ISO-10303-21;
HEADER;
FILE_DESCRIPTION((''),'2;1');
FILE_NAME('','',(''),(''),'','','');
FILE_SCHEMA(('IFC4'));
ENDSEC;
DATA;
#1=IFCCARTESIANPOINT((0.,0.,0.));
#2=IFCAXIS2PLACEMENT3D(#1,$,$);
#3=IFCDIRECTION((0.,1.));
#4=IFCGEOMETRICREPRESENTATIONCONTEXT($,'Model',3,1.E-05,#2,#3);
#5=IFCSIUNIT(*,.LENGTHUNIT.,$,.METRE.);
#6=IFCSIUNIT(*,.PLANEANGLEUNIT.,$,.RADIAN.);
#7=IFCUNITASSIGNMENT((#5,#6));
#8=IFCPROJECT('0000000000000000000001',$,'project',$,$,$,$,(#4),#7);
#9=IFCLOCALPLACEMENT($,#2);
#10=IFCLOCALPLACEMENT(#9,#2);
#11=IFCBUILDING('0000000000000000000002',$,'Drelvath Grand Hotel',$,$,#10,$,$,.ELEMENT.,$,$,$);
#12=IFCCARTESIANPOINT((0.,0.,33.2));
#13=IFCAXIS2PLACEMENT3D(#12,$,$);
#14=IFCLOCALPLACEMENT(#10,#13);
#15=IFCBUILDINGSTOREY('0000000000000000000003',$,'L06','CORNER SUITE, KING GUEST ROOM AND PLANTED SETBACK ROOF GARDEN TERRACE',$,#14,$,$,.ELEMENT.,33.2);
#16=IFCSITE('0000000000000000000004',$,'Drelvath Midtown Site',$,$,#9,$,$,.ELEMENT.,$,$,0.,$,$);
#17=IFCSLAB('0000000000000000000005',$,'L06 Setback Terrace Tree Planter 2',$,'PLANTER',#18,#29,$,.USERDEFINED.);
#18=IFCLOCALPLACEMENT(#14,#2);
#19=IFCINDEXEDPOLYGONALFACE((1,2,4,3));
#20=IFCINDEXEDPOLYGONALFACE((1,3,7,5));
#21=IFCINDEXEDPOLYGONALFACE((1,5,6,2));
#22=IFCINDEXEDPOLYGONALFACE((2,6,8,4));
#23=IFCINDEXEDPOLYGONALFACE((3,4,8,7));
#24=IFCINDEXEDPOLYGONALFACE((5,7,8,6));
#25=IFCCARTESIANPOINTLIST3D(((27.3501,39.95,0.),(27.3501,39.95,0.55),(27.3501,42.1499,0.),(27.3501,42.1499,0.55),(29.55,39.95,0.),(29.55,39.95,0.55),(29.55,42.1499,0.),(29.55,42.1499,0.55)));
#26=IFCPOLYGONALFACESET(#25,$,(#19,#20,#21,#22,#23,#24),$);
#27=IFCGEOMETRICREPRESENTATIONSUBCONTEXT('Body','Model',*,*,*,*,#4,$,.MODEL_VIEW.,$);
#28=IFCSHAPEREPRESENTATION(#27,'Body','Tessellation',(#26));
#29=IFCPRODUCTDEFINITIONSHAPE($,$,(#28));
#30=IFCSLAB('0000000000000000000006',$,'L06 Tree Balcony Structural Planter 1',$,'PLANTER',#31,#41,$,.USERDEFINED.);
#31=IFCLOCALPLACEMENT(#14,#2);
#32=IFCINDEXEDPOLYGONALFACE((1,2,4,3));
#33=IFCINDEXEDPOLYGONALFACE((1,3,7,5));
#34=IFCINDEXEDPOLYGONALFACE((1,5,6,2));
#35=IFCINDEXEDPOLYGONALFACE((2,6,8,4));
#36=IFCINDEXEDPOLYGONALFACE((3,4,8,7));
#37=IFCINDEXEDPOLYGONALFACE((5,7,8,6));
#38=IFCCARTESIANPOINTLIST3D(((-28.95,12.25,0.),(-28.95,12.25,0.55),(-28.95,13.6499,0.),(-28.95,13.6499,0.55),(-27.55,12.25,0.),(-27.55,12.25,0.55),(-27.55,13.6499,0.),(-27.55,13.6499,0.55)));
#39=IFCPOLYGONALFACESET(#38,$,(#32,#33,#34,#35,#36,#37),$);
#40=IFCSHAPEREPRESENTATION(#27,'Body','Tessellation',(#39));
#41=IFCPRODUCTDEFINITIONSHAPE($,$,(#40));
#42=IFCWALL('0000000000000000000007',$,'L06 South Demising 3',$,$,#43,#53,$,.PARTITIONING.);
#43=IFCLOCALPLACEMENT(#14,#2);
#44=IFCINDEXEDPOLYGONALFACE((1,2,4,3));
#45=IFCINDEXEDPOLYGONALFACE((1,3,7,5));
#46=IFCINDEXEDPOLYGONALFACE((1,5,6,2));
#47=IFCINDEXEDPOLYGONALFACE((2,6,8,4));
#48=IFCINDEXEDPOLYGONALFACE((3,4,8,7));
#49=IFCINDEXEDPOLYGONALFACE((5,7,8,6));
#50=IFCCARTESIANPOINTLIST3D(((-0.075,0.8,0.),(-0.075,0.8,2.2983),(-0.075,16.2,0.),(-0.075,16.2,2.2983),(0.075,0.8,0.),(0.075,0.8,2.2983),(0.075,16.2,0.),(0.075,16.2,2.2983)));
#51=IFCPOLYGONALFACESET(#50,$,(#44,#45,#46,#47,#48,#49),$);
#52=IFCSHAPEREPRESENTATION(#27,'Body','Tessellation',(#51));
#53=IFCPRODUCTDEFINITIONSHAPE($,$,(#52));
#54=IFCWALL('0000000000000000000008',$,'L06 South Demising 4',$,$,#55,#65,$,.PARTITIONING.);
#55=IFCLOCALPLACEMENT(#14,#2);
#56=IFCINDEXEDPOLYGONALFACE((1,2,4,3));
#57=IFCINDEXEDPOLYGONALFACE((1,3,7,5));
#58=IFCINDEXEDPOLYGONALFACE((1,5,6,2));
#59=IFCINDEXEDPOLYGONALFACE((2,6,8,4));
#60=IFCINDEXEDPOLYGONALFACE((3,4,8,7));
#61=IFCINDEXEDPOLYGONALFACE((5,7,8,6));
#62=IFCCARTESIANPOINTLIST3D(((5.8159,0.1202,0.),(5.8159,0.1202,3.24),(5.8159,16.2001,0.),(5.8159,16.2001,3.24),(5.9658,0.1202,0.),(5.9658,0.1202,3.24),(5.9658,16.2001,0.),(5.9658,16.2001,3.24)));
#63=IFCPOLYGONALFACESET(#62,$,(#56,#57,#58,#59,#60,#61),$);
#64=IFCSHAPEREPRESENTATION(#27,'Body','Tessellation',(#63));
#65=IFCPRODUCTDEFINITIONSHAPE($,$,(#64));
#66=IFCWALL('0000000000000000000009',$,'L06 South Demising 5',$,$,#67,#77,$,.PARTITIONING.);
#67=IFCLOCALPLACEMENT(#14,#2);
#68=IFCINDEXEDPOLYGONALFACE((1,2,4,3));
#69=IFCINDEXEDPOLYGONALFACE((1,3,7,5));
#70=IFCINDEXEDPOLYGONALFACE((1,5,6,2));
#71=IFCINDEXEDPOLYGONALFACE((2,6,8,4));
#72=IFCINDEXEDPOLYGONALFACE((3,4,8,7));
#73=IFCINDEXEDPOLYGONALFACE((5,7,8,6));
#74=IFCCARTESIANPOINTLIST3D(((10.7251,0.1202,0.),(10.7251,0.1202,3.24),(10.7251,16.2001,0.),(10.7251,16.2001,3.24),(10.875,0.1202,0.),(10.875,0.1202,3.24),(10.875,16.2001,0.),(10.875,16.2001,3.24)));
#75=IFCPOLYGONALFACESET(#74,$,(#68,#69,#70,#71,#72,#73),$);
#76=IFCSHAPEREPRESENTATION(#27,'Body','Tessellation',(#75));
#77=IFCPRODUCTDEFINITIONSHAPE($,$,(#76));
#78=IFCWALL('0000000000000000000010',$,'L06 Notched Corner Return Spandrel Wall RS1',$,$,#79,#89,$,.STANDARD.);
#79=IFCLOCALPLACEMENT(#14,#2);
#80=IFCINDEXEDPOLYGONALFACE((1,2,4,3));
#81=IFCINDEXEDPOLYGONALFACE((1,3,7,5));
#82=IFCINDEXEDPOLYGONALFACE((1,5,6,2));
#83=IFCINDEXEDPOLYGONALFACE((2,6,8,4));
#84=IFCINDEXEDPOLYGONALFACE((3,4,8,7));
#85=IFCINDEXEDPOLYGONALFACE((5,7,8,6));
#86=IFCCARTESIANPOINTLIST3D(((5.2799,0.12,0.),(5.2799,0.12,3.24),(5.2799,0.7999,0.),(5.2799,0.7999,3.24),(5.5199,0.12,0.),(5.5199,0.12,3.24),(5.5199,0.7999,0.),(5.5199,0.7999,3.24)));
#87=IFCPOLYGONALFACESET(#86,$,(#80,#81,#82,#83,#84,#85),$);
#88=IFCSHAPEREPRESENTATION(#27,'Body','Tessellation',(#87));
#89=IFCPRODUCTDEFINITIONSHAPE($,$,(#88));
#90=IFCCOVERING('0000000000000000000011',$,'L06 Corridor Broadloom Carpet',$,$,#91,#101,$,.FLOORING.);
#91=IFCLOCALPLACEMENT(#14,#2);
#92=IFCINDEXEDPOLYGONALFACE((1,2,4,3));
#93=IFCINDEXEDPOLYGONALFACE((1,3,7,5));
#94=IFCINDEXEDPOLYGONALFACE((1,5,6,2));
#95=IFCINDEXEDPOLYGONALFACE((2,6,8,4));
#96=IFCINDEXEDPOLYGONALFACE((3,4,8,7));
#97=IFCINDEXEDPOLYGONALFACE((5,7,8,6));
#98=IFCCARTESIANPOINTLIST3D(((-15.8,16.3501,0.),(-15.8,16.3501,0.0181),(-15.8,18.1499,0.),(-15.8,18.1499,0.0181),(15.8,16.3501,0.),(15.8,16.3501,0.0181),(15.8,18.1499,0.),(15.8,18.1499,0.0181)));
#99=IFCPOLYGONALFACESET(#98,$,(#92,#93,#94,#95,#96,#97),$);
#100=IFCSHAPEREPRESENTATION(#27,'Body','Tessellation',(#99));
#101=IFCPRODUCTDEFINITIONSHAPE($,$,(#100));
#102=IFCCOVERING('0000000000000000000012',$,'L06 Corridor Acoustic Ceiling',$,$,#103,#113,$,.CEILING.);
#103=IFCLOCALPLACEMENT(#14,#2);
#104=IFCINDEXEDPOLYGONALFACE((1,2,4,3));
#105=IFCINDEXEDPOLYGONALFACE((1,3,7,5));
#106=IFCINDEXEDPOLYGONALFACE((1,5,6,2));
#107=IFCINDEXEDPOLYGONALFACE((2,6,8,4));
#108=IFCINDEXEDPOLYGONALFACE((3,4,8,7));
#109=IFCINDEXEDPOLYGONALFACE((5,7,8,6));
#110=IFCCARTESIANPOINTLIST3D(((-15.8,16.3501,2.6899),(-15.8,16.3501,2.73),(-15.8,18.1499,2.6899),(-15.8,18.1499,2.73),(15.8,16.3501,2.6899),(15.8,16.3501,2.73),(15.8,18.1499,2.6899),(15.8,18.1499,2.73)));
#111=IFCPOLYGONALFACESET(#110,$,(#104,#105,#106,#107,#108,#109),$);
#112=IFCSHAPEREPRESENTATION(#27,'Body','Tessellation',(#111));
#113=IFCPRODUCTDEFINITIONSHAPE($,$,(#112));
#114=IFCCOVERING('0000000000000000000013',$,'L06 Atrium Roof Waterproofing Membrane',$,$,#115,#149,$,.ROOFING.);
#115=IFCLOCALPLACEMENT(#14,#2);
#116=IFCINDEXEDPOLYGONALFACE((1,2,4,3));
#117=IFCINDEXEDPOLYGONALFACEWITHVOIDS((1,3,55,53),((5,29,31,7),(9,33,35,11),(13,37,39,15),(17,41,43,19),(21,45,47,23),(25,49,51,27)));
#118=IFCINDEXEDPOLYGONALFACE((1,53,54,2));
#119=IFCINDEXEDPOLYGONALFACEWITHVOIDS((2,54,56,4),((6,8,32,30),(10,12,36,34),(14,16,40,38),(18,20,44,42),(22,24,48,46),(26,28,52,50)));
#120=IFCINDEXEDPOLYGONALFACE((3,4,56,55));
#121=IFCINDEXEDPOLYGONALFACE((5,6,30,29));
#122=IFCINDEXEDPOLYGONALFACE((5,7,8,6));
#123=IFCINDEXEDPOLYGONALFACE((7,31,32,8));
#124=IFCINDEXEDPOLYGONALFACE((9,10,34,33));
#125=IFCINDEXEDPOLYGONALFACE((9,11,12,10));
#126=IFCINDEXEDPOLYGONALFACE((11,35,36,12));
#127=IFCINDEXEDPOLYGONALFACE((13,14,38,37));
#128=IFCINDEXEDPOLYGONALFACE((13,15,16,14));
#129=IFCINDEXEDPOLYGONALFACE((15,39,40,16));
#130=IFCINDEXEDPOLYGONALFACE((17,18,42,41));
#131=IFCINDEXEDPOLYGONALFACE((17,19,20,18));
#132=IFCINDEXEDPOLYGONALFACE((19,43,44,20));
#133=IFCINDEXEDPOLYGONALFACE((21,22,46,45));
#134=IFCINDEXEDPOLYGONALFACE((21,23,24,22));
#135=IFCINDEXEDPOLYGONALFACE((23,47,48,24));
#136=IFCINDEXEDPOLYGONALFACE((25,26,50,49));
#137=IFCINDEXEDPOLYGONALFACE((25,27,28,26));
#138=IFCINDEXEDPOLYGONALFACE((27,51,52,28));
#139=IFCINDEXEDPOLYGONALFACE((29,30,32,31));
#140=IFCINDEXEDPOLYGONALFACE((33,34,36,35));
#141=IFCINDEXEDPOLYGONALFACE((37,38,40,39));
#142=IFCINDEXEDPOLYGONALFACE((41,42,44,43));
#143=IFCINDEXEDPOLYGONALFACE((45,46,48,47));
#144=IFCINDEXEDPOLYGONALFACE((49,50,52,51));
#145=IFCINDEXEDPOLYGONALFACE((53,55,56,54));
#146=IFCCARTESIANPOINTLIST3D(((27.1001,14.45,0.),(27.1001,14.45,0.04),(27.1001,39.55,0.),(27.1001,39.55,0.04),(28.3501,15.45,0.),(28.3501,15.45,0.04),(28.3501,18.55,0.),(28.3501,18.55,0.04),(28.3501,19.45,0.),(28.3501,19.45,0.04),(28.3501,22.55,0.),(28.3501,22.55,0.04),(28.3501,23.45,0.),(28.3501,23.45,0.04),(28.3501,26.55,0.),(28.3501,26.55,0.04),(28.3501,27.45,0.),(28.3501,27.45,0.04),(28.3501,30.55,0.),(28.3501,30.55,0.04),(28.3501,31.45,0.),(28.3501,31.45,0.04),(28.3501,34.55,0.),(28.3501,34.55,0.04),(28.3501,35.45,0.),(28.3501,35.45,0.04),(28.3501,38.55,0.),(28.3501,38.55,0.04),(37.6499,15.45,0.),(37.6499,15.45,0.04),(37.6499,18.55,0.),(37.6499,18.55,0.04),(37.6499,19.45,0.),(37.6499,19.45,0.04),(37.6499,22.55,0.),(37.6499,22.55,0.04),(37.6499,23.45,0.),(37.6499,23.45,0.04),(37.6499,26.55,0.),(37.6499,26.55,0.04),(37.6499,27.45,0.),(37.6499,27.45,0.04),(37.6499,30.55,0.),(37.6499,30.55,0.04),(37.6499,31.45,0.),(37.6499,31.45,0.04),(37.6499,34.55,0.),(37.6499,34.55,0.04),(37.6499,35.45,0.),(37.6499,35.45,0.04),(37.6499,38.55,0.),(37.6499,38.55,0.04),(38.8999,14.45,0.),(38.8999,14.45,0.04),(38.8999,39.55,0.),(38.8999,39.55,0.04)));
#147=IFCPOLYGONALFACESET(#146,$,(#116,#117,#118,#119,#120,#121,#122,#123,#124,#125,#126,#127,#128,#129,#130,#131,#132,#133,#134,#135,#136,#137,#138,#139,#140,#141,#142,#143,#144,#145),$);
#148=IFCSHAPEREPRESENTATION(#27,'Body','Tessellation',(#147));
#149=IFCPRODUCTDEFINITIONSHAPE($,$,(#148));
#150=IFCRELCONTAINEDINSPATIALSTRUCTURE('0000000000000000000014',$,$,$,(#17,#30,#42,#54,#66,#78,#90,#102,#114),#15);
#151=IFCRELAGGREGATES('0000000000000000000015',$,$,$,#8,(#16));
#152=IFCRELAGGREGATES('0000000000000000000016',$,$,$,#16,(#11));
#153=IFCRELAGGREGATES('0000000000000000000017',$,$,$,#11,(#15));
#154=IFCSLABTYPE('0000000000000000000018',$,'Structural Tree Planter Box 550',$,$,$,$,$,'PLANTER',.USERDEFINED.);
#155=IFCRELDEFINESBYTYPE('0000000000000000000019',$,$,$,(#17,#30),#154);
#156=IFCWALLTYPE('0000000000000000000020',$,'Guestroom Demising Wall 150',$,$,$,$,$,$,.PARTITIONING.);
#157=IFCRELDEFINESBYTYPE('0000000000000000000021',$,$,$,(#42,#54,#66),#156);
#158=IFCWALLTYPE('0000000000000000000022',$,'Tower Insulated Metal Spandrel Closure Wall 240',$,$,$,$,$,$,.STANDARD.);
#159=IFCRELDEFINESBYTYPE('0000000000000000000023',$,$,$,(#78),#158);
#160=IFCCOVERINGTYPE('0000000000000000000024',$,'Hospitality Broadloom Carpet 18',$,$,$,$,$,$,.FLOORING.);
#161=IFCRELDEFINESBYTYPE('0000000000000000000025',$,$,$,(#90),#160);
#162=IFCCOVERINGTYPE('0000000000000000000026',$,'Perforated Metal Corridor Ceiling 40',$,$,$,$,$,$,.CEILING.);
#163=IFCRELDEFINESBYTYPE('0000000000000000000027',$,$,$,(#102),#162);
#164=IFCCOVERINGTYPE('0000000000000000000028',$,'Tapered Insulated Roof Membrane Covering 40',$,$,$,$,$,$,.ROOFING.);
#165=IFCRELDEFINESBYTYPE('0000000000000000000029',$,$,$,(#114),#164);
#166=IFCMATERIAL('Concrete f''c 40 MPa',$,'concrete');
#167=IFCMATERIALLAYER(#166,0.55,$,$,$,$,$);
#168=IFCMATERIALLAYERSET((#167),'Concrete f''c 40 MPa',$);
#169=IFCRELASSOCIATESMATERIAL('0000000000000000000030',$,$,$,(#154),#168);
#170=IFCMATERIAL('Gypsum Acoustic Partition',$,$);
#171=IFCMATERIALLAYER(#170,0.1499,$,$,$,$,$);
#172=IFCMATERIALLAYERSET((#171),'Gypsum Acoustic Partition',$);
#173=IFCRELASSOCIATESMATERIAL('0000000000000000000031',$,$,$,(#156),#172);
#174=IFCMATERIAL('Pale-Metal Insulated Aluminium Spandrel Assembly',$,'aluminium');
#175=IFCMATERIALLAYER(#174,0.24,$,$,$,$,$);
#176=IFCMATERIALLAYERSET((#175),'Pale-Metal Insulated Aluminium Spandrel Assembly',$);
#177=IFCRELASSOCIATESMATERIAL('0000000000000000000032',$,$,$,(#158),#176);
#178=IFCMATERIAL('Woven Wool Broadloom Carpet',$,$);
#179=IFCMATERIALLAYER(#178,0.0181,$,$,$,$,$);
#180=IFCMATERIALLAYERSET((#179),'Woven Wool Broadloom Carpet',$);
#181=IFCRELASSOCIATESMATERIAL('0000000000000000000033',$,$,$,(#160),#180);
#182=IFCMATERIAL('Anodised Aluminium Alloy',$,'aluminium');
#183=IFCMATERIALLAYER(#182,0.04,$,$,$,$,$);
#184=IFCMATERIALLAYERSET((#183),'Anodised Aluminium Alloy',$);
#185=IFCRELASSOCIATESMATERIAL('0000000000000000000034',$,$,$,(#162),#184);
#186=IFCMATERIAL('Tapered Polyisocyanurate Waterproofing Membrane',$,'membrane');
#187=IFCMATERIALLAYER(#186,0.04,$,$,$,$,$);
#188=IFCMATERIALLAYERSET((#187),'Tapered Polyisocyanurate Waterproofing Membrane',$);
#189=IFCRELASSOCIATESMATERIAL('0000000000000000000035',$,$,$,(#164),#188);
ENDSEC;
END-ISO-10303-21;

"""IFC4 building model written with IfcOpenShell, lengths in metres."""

from ifc_helpers import new_model, si_unit, direction, frame, frame_2d, origin, place, context, subcontext, project, spatial, polyline, rectangle, outline, extrude, material, layer, layer_set, type_object, element, save


model = new_model("IFC4")

# Units and contexts
model_context = context("Model", 3, precision=1e-05, world=origin(), true_north=direction((0.0, 1.0)))
body_context = subcontext(model_context, "Body", "Model", "MODEL_VIEW")
ifc_project = project(units=[si_unit("LENGTHUNIT", "METRE"), si_unit("PLANEANGLEUNIT", "RADIAN")], contexts=[model_context])

# Site, building, storey
site_placement = place(None, origin())
site = spatial("IfcSite", under=ifc_project, at=site_placement, Name="Drelvath Midtown Site", CompositionType="ELEMENT", RefElevation=0.0)
building_placement = place(site_placement, origin())
building = spatial("IfcBuilding", under=site, at=building_placement, Name="Drelvath Grand Hotel", CompositionType="ELEMENT")
storey_placement = place(building_placement, frame((0.0, 0.0, 33.2)))
storey = spatial("IfcBuildingStorey", under=building, at=storey_placement, Name="L06", Description="CORNER SUITE, KING GUEST ROOM AND PLANTED SETBACK ROOF GARDEN TERRACE", CompositionType="ELEMENT", Elevation=33.2)

# Shared definitions
ifc_material_1 = material(Name="Concrete f'c 40 MPa", Category="concrete")

# Slabs
ifc_layer_1 = layer(ifc_material_1, 0.55)
ifc_layer_set_1 = layer_set([ifc_layer_1], Name="Concrete f'c 40 MPa")
slab_type_1 = type_object("IfcSlabType", Name="Structural Tree Planter Box 550", ElementType="PLANTER", PredefinedType="USERDEFINED", material=ifc_layer_set_1)
slab_1_placement = place(storey_placement, origin())
element("IfcSlab", 1, at=slab_1_placement, inside=storey, type_object=slab_type_1, Name="L06 Setback Terrace Tree Planter 2", ObjectType="PLANTER", PredefinedType="USERDEFINED", context=body_context, shape_type="SweptSolid", body=[
    extrude(outline(polyline([(27.3501, 39.95), (29.55, 39.95), (29.55, 42.1499), (27.3501, 42.1499), (27.3501, 39.95)])), origin(), (0.0, 0.0, 1.0), 0.55),
])
slab_2_placement = place(storey_placement, origin())
element("IfcSlab", 2, at=slab_2_placement, inside=storey, type_object=slab_type_1, Name="L06 Tree Balcony Structural Planter 1", ObjectType="PLANTER", PredefinedType="USERDEFINED", context=body_context, shape_type="SweptSolid", body=[
    extrude(outline(polyline([(-28.95, 12.25), (-27.55, 12.25), (-27.55, 13.6499), (-28.95, 13.6499), (-28.95, 12.25)])), origin(), (0.0, 0.0, 1.0), 0.55),
])

# Walls
ifc_material_2 = material(Name="Gypsum Acoustic Partition")
ifc_layer_2 = layer(ifc_material_2, 0.1499)
ifc_layer_set_2 = layer_set([ifc_layer_2], Name="Gypsum Acoustic Partition")
wall_type_1 = type_object("IfcWallType", Name="Guestroom Demising Wall 150", PredefinedType="PARTITIONING", material=ifc_layer_set_2)
wall_1_placement = place(storey_placement, frame((0.0, 0.8, 0.0), z_axis=(0.0, 0.0, 1.0), x_axis=(0.0, 1.0, 0.0)))
element("IfcWall", 3, at=wall_1_placement, inside=storey, type_object=wall_type_1, Name="L06 South Demising 3", PredefinedType="PARTITIONING", context=body_context, shape_type="SweptSolid", body=[
    extrude(rectangle(XDim=15.3999, YDim=0.1499, at=frame_2d((7.7, 0.0))), origin(), (0.0, 0.0, 1.0), 2.2983),
])
for number, where, z_axis, x_axis, name in (
    (4, (5.8909, 0.1201, 0.0), (0.0, 0.0, 1.0), (0.0, 1.0, 0.0), "L06 South Demising 4"),
    (5, (10.8, 0.1201, 0.0), (0.0, 0.0, 1.0), (0.0, 1.0, 0.0), "L06 South Demising 5"),
):
    element("IfcWall", number, at=place(storey_placement, frame(where, z_axis=z_axis, x_axis=x_axis)), inside=storey, type_object=wall_type_1, Name=name, PredefinedType="PARTITIONING", context=body_context, shape_type="SweptSolid", body=[
        extrude(rectangle(XDim=16.0798, YDim=0.1499, at=frame_2d((8.04, 0.0))), origin(), (0.0, 0.0, 1.0), 3.24),
    ])
ifc_material_3 = material(Name="Pale-Metal Insulated Aluminium Spandrel Assembly", Category="aluminium")
ifc_layer_3 = layer(ifc_material_3, 0.24)
ifc_layer_set_3 = layer_set([ifc_layer_3], Name="Pale-Metal Insulated Aluminium Spandrel Assembly")
wall_type_2 = type_object("IfcWallType", Name="Tower Insulated Metal Spandrel Closure Wall 240", PredefinedType="STANDARD", material=ifc_layer_set_3)
wall_2_placement = place(storey_placement, frame((5.3999, 0.1201, 0.0), z_axis=(0.0, 0.0, 1.0), x_axis=(0.0, 1.0, 0.0)))
element("IfcWall", 6, at=wall_2_placement, inside=storey, type_object=wall_type_2, Name="L06 Notched Corner Return Spandrel Wall RS1", PredefinedType="STANDARD", context=body_context, shape_type="SweptSolid", body=[
    extrude(rectangle(XDim=0.6799, YDim=0.24, at=frame_2d((0.3398, 0.0))), origin(), (0.0, 0.0, 1.0), 3.24),
])

# Coverings
ifc_material_4 = material(Name="Woven Wool Broadloom Carpet")
ifc_layer_4 = layer(ifc_material_4, 0.0181)
ifc_layer_set_4 = layer_set([ifc_layer_4], Name="Woven Wool Broadloom Carpet")
covering_type_1 = type_object("IfcCoveringType", Name="Hospitality Broadloom Carpet 18", PredefinedType="FLOORING", material=ifc_layer_set_4)
covering_1_placement = place(storey_placement, origin())
element("IfcCovering", 7, at=covering_1_placement, inside=storey, type_object=covering_type_1, Name="L06 Corridor Broadloom Carpet", PredefinedType="FLOORING", context=body_context, shape_type="SweptSolid", body=[
    extrude(outline(polyline([(15.8, 16.3501), (15.8, 18.1499), (-15.8, 18.1499), (-15.8, 16.3501), (15.8, 16.3501)])), origin(), (0.0, 0.0, 1.0), 0.0181),
])
ifc_material_5 = material(Name="Anodised Aluminium Alloy", Category="aluminium")
ifc_layer_5 = layer(ifc_material_5, 0.04)
ifc_layer_set_5 = layer_set([ifc_layer_5], Name="Anodised Aluminium Alloy")
covering_type_2 = type_object("IfcCoveringType", Name="Perforated Metal Corridor Ceiling 40", PredefinedType="CEILING", material=ifc_layer_set_5)
covering_2_placement = place(storey_placement, frame((0.0, 0.0, 2.6899)))
element("IfcCovering", 8, at=covering_2_placement, inside=storey, type_object=covering_type_2, Name="L06 Corridor Acoustic Ceiling", PredefinedType="CEILING", context=body_context, shape_type="SweptSolid", body=[
    extrude(outline(polyline([(15.8, 16.3501), (15.8, 18.1499), (-15.8, 18.1499), (-15.8, 16.3501), (15.8, 16.3501)])), origin(), (0.0, 0.0, 1.0), 0.04),
])
ifc_material_6 = material(Name="Tapered Polyisocyanurate Waterproofing Membrane", Category="membrane")
ifc_layer_6 = layer(ifc_material_6, 0.04)
ifc_layer_set_6 = layer_set([ifc_layer_6], Name="Tapered Polyisocyanurate Waterproofing Membrane")
covering_type_3 = type_object("IfcCoveringType", Name="Tapered Insulated Roof Membrane Covering 40", PredefinedType="ROOFING", material=ifc_layer_set_6)
covering_3_placement = place(storey_placement, origin())
element("IfcCovering", 9, at=covering_3_placement, inside=storey, type_object=covering_type_3, Name="L06 Atrium Roof Waterproofing Membrane", PredefinedType="ROOFING", context=body_context, shape_type="SweptSolid", body=[
    extrude(outline(polyline([(27.1001, 14.45), (38.8999, 14.45), (38.8999, 39.55), (27.1001, 39.55), (27.1001, 14.45)]), holes=[polyline([(28.3501, 15.45), (28.3501, 18.55), (37.6499, 18.55), (37.6499, 15.45), (28.3501, 15.45)]), polyline([(28.3501, 19.45), (28.3501, 22.55), (37.6499, 22.55), (37.6499, 19.45), (28.3501, 19.45)]), polyline([(28.3501, 23.45), (28.3501, 26.55), (37.6499, 26.55), (37.6499, 23.45), (28.3501, 23.45)]), polyline([(28.3501, 27.45), (28.3501, 30.55), (37.6499, 30.55), (37.6499, 27.45), (28.3501, 27.45)]), polyline([(28.3501, 31.45), (28.3501, 34.55), (37.6499, 34.55), (37.6499, 31.45), (28.3501, 31.45)]), polyline([(28.3501, 35.45), (28.3501, 38.55), (37.6499, 38.55), (37.6499, 35.45), (28.3501, 35.45)])]), origin(), (0.0, 0.0, 1.0), 0.04),
])

save(model, "model.ifc")
